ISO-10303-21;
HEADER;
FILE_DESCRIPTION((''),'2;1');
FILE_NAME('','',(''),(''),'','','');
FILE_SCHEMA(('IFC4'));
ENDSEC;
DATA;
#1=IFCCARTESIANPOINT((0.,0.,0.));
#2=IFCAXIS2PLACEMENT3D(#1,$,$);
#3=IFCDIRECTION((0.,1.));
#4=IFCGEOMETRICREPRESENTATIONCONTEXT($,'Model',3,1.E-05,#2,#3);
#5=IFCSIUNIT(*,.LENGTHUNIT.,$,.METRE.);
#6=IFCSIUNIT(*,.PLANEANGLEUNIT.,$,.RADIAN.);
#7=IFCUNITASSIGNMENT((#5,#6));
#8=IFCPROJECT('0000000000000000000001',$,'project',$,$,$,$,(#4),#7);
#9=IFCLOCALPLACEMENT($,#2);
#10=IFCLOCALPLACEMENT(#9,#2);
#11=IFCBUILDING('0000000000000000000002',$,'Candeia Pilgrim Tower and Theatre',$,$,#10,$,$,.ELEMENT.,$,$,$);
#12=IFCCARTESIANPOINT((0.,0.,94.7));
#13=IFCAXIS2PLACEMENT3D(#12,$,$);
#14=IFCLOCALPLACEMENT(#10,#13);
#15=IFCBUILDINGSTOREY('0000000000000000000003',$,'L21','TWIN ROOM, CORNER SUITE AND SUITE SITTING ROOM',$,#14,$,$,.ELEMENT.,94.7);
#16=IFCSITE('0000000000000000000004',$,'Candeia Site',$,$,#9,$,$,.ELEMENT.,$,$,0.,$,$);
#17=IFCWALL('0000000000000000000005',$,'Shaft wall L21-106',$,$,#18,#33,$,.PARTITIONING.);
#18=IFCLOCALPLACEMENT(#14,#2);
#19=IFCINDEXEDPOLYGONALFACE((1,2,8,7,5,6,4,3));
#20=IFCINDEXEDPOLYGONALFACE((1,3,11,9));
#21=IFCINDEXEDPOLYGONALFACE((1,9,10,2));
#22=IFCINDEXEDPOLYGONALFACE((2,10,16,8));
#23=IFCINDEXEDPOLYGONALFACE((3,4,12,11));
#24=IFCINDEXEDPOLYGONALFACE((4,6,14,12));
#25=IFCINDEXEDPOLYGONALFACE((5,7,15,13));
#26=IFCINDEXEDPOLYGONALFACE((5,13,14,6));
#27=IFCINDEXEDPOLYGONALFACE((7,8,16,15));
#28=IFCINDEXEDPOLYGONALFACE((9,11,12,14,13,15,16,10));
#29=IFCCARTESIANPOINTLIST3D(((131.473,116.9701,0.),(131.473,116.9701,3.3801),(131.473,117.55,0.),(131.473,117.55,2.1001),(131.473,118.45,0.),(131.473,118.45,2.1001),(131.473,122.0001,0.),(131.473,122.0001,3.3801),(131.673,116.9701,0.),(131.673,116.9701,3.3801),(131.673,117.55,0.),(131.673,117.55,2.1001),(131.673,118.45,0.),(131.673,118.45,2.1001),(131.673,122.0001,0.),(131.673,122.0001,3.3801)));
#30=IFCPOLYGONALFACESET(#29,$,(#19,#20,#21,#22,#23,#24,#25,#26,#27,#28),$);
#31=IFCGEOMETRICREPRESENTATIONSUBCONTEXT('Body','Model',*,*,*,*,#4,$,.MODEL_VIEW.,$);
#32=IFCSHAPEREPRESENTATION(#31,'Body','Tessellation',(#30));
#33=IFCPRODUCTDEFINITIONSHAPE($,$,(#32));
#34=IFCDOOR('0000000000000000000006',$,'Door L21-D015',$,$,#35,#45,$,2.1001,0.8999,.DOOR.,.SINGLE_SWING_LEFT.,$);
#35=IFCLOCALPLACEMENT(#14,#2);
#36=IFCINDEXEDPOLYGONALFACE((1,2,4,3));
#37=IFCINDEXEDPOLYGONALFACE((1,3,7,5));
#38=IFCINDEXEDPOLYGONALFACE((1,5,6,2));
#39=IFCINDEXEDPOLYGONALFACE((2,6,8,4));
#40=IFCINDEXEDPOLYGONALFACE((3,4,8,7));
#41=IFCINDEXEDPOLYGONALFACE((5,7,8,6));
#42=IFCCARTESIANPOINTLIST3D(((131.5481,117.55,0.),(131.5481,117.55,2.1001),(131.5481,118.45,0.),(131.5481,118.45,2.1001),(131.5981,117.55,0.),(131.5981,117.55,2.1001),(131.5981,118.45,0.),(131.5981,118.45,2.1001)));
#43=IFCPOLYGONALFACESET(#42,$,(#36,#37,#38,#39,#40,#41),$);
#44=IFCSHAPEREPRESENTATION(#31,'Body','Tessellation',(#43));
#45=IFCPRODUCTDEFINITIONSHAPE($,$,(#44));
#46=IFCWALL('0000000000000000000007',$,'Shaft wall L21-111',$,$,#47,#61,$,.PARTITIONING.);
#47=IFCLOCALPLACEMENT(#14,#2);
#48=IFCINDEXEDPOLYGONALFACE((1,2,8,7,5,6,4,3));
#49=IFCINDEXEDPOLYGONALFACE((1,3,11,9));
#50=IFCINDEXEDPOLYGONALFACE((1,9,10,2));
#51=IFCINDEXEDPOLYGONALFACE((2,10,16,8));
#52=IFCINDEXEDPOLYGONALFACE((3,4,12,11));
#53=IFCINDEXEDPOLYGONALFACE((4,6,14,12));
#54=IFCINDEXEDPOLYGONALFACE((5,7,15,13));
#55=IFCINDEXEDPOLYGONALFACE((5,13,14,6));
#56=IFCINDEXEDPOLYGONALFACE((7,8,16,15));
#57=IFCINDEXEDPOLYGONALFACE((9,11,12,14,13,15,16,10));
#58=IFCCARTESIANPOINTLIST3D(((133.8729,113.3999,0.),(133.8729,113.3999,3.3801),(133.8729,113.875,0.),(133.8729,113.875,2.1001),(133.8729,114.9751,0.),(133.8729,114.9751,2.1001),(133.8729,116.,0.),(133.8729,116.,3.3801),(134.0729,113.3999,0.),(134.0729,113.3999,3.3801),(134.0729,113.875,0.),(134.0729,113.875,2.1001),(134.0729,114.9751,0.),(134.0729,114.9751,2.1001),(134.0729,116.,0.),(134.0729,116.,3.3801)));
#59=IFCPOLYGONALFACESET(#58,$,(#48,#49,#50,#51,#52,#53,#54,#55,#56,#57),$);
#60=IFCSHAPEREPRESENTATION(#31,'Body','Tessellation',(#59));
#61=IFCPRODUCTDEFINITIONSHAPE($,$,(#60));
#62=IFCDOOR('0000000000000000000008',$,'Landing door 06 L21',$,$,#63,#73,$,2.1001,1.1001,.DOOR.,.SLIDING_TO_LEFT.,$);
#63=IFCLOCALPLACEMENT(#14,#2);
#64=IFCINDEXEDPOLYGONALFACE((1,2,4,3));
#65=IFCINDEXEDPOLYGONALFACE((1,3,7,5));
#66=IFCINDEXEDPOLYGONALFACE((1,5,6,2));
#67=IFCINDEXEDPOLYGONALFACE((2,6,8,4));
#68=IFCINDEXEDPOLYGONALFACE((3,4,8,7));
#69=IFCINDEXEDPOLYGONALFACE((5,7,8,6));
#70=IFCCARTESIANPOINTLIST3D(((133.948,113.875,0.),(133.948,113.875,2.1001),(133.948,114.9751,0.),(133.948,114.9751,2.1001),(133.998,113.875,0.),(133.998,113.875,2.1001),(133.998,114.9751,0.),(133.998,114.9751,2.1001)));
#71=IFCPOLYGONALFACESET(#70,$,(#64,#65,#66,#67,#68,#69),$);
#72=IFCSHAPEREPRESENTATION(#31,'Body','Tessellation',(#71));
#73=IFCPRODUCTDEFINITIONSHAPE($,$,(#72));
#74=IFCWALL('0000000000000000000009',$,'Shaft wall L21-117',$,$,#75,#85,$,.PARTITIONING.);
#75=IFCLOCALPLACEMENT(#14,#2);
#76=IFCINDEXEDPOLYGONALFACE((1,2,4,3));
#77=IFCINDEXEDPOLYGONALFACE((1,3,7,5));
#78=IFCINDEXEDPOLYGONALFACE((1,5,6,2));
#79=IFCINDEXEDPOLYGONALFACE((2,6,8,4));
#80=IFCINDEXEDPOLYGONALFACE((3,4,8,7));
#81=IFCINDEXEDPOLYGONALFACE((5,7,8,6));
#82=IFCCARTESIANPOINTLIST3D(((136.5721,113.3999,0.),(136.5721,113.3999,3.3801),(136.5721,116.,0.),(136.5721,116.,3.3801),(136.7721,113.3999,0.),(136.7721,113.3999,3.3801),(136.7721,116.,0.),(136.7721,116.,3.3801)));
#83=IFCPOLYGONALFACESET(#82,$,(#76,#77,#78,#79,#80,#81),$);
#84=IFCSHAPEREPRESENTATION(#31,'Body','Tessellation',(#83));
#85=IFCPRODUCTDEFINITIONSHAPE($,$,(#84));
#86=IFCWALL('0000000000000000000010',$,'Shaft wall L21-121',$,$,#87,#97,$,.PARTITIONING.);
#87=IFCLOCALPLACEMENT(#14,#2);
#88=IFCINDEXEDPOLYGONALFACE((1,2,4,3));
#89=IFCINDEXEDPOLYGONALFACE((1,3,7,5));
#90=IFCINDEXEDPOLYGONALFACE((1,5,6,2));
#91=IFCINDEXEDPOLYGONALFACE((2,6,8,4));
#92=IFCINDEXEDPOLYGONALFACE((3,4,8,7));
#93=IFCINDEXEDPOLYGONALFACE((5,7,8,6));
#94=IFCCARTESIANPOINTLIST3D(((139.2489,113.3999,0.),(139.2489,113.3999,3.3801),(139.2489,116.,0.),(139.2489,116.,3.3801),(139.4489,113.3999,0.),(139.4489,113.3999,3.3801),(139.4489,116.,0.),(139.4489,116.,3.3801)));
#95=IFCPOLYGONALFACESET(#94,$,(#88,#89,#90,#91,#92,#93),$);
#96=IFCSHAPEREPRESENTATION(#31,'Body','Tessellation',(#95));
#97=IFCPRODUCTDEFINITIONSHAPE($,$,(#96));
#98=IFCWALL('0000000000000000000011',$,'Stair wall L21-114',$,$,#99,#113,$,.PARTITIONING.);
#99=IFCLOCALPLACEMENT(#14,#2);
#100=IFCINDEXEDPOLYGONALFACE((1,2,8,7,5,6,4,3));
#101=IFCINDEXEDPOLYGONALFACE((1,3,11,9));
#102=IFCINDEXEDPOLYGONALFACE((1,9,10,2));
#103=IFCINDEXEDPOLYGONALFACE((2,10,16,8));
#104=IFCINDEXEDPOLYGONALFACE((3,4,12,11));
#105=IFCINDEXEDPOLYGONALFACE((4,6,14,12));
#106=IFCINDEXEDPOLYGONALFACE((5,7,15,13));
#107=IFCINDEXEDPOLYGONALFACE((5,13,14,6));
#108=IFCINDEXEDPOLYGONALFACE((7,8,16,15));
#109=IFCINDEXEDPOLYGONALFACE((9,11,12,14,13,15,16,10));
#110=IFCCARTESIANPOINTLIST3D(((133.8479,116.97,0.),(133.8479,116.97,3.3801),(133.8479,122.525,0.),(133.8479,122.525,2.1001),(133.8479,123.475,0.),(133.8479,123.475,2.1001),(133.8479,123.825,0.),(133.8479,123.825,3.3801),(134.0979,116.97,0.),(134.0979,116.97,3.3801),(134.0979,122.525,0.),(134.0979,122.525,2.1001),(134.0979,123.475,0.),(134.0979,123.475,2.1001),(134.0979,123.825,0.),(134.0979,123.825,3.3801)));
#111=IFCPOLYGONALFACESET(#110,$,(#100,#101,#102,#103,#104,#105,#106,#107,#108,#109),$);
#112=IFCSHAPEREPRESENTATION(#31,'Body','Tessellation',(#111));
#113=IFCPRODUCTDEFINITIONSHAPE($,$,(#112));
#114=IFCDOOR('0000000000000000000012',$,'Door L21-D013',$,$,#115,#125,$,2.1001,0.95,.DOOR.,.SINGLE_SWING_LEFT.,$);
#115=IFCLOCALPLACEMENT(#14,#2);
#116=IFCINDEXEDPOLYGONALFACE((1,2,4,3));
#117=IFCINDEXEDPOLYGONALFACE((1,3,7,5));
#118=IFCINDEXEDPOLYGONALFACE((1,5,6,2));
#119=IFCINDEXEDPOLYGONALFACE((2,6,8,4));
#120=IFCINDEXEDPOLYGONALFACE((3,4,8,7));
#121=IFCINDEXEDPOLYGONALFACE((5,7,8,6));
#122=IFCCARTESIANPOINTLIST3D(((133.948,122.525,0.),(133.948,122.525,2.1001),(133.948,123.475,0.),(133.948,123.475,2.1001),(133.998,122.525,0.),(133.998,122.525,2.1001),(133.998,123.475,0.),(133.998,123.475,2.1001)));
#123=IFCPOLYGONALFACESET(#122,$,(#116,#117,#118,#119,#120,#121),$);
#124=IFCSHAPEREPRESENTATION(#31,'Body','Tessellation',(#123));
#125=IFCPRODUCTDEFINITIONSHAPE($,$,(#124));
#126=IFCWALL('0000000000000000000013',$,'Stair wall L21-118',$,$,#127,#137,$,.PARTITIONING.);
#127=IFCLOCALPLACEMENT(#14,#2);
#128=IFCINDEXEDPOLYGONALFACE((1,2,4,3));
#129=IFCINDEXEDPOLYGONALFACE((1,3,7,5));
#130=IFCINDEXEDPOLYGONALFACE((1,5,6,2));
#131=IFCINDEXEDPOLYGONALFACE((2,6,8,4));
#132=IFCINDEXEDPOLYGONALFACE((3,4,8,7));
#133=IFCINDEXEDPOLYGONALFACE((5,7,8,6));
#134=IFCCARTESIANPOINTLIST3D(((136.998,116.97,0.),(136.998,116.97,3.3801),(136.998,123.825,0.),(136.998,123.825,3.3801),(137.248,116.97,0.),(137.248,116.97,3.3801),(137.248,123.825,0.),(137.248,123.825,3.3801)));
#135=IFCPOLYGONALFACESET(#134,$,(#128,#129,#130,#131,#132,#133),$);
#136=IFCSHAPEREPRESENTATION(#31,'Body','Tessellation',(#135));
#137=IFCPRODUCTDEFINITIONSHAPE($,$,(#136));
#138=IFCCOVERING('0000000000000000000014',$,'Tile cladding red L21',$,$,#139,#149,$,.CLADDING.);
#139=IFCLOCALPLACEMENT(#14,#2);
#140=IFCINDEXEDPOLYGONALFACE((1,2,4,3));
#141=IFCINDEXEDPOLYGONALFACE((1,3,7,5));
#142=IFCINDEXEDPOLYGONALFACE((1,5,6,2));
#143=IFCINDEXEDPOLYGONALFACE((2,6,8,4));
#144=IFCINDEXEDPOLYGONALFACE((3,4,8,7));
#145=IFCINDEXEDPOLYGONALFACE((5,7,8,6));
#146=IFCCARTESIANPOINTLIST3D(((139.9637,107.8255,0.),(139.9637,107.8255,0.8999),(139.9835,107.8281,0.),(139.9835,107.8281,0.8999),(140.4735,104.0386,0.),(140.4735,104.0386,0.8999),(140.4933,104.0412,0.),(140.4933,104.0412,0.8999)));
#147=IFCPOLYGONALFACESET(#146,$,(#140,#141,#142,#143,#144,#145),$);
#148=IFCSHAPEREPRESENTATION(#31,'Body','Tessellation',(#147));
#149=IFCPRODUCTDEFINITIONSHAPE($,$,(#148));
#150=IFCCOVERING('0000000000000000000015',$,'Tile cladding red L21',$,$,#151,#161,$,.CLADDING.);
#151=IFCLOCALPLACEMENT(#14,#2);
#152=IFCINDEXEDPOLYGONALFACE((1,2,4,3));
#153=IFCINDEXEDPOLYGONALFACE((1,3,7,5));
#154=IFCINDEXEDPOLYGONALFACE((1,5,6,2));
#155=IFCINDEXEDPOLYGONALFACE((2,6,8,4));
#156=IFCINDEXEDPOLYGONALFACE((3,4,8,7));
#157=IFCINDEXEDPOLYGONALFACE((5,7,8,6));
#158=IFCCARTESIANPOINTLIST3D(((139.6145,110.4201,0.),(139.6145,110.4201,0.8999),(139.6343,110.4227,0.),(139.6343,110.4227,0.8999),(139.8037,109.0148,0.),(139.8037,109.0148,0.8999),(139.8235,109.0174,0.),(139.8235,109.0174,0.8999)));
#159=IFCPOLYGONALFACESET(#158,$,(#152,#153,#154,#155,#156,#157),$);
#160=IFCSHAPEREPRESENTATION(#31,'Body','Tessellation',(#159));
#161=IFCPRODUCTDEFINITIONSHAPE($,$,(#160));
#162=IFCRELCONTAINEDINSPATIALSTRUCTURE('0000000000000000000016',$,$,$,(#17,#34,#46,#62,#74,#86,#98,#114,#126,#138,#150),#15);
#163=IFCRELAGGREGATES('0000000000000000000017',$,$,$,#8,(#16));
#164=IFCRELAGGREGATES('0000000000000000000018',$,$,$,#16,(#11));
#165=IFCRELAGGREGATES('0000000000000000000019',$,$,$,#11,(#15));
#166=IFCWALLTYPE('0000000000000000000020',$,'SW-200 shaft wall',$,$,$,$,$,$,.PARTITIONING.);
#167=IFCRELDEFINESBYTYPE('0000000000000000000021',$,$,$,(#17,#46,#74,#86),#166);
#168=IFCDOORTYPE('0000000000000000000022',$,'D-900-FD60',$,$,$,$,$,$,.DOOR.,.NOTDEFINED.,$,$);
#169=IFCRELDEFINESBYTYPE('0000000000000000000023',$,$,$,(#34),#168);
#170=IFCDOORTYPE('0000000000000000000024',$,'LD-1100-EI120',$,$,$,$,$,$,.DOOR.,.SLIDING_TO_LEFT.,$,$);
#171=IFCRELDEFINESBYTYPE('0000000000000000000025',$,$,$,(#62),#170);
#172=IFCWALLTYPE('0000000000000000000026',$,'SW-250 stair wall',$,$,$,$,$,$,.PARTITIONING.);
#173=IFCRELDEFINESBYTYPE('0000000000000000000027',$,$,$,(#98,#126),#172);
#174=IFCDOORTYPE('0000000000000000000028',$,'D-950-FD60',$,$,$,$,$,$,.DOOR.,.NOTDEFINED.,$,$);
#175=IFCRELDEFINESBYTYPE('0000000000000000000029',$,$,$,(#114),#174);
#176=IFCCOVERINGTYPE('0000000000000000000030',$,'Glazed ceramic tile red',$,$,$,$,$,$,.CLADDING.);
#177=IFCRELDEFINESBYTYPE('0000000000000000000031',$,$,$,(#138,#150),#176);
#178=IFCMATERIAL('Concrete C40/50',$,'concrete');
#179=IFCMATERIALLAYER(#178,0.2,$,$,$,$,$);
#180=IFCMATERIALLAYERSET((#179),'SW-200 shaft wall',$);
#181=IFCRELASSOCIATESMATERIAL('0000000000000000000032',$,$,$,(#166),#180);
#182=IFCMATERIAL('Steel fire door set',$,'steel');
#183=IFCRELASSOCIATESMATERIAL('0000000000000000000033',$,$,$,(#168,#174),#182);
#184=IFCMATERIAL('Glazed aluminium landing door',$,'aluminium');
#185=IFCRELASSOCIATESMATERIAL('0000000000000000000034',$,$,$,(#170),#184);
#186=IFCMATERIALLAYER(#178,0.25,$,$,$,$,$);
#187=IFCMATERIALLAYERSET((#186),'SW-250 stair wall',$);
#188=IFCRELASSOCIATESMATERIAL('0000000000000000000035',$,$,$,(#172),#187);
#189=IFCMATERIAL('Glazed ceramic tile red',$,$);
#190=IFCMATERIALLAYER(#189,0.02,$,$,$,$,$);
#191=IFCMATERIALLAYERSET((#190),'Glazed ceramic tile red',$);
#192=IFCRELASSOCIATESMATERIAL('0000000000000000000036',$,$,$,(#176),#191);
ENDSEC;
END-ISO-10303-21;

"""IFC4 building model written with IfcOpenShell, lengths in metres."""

from ifc_helpers import new_model, si_unit, direction, frame, frame_2d, origin, origin_2d, place, context, subcontext, project, spatial, rectangle, extrude, material, layer, layer_set, type_object, element, fill, save


model = new_model("IFC4")

# Units and contexts
model_context = context("Model", 3, precision=1e-05, world=origin(), true_north=direction((0.0, 1.0)))
body_context = subcontext(model_context, "Body", "Model", "MODEL_VIEW")
ifc_project = project(units=[si_unit("LENGTHUNIT", "METRE"), si_unit("PLANEANGLEUNIT", "RADIAN")], contexts=[model_context])

# Site, building, storey
site_placement = place(None, origin())
site = spatial("IfcSite", under=ifc_project, at=site_placement, Name="Candeia Site", CompositionType="ELEMENT", RefElevation=0.0)
building_placement = place(site_placement, origin())
building = spatial("IfcBuilding", under=site, at=building_placement, Name="Candeia Pilgrim Tower and Theatre", CompositionType="ELEMENT")
storey_placement = place(building_placement, frame((0.0, 0.0, 94.7)))
storey = spatial("IfcBuildingStorey", under=building, at=storey_placement, Name="L21", Description="TWIN ROOM, CORNER SUITE AND SUITE SITTING ROOM", CompositionType="ELEMENT", Elevation=94.7)

# Shared definitions
ifc_material_1 = material(Name="Steel fire door set", Category="steel")

# Walls, openings, doors
ifc_material_2 = material(Name="Concrete C40/50", Category="concrete")
ifc_layer_1 = layer(ifc_material_2, 0.2)
ifc_layer_set_1 = layer_set([ifc_layer_1], Name="SW-200 shaft wall")
wall_type_1 = type_object("IfcWallType", Name="SW-200 shaft wall", PredefinedType="PARTITIONING", material=ifc_layer_set_1)
door_type_1 = type_object("IfcDoorType", Name="D-900-FD60", OperationType="NOTDEFINED", PredefinedType="DOOR", material=ifc_material_1)
wall_1_placement = place(storey_placement, frame((131.573, 116.97, 0.0), z_axis=(0.0, 0.0, 1.0), x_axis=(0.0, 1.0, 0.0)))
wall_1 = element("IfcWall", 1, at=wall_1_placement, inside=storey, type_object=wall_type_1, Name="Shaft wall L21-106", PredefinedType="PARTITIONING", context=body_context, shape_type="SweptSolid", body=[
    extrude(rectangle(XDim=5.03, YDim=0.2, at=frame_2d((2.5151, 0.0))), origin(), (0.0, 0.0, 1.0), 3.3801),
])
opening_1_placement = place(wall_1_placement, frame((0.5801, 0.0, 0.0)))
opening_1 = element("IfcOpeningElement", 2, at=opening_1_placement, cuts=wall_1, PredefinedType="OPENING", context=body_context, shape_type="SweptSolid", body=[
    extrude(rectangle(XDim=0.8999, YDim=2.1001, at=frame_2d((0.45, 1.05))), frame((0.0, 0.1099, 0.0), z_axis=(0.0, -1.0, 0.0), x_axis=(1.0, 0.0, 0.0)), (0.0, 0.0, 1.0), 0.22),
])
door_1_placement = place(opening_1_placement, origin())
door_1 = element("IfcDoor", 3, at=door_1_placement, inside=storey, type_object=door_type_1, Name="Door L21-D015", OperationType="SINGLE_SWING_LEFT", OverallHeight=2.1001, OverallWidth=0.8999, PredefinedType="DOOR", context=body_context, shape_type="SweptSolid", body=[
    extrude(rectangle(XDim=0.8999, YDim=2.1001, at=frame_2d((0.45, 1.05))), frame((0.0, 0.0249, 0.0), z_axis=(0.0, -1.0, 0.0), x_axis=(1.0, 0.0, 0.0)), (0.0, 0.0, 1.0), 0.05),
])
fill(opening_1, door_1)
wall_2_placement = place(storey_placement, frame((133.9729, 113.3999, 0.0), z_axis=(0.0, 0.0, 1.0), x_axis=(0.0, 1.0, 0.0)))
wall_2 = element("IfcWall", 4, at=wall_2_placement, inside=storey, type_object=wall_type_1, Name="Shaft wall L21-111", PredefinedType="PARTITIONING", context=body_context, shape_type="SweptSolid", body=[
    extrude(rectangle(XDim=2.6001, YDim=0.2, at=frame_2d((1.3, 0.0))), origin(), (0.0, 0.0, 1.0), 3.3801),
])
opening_2_placement = place(wall_2_placement, frame((0.4751, 0.0, 0.0)))
opening_2 = element("IfcOpeningElement", 5, at=opening_2_placement, cuts=wall_2, PredefinedType="OPENING", context=body_context, shape_type="SweptSolid", body=[
    extrude(rectangle(XDim=1.1001, YDim=2.1001, at=frame_2d((0.55, 1.05))), frame((0.0, 0.1099, 0.0), z_axis=(0.0, -1.0, 0.0), x_axis=(1.0, 0.0, 0.0)), (0.0, 0.0, 1.0), 0.22),
])
ifc_material_3 = material(Name="Glazed aluminium landing door", Category="aluminium")
door_type_2 = type_object("IfcDoorType", Name="LD-1100-EI120", OperationType="SLIDING_TO_LEFT", PredefinedType="DOOR", material=ifc_material_3)
door_2_placement = place(opening_2_placement, origin())
door_2 = element("IfcDoor", 6, at=door_2_placement, inside=storey, type_object=door_type_2, Name="Landing door 06 L21", OperationType="SLIDING_TO_LEFT", OverallHeight=2.1001, OverallWidth=1.1001, PredefinedType="DOOR", context=body_context, shape_type="SweptSolid", body=[
    extrude(rectangle(XDim=1.1001, YDim=2.1001, at=frame_2d((0.55, 1.05))), frame((0.0, 0.0249, 0.0), z_axis=(0.0, -1.0, 0.0), x_axis=(1.0, 0.0, 0.0)), (0.0, 0.0, 1.0), 0.05),
])
fill(opening_2, door_2)

# Walls
for number, where, z_axis, x_axis, name in (
    (7, (136.6721, 113.3999, 0.0), (0.0, 0.0, 1.0), (0.0, 1.0, 0.0), "Shaft wall L21-117"),
    (8, (139.3489, 113.3999, 0.0), (0.0, 0.0, 1.0), (0.0, 1.0, 0.0), "Shaft wall L21-121"),
):
    element("IfcWall", number, at=place(storey_placement, frame(where, z_axis=z_axis, x_axis=x_axis)), inside=storey, type_object=wall_type_1, Name=name, PredefinedType="PARTITIONING", context=body_context, shape_type="SweptSolid", body=[
        extrude(rectangle(XDim=2.6001, YDim=0.2, at=frame_2d((1.3, 0.0))), origin(), (0.0, 0.0, 1.0), 3.3801),
    ])

# Wall, opening, door
ifc_layer_2 = layer(ifc_material_2, 0.25)
ifc_layer_set_2 = layer_set([ifc_layer_2], Name="SW-250 stair wall")
wall_type_2 = type_object("IfcWallType", Name="SW-250 stair wall", PredefinedType="PARTITIONING", material=ifc_layer_set_2)
wall_3_placement = place(storey_placement, frame((133.9729, 116.97, 0.0), z_axis=(0.0, 0.0, 1.0), x_axis=(0.0, 1.0, 0.0)))
wall_3 = element("IfcWall", 9, at=wall_3_placement, inside=storey, type_object=wall_type_2, Name="Stair wall L21-114", PredefinedType="PARTITIONING", context=body_context, shape_type="SweptSolid", body=[
    extrude(rectangle(XDim=6.855, YDim=0.25, at=frame_2d((3.4275, 0.0))), origin(), (0.0, 0.0, 1.0), 3.3801),
])
opening_3_placement = place(wall_3_placement, frame((5.5549, 0.0, 0.0)))
opening_3 = element("IfcOpeningElement", 10, at=opening_3_placement, cuts=wall_3, PredefinedType="OPENING", context=body_context, shape_type="SweptSolid", body=[
    extrude(rectangle(XDim=0.95, YDim=2.1001, at=frame_2d((0.4751, 1.05))), frame((0.0, 0.135, 0.0), z_axis=(0.0, -1.0, 0.0), x_axis=(1.0, 0.0, 0.0)), (0.0, 0.0, 1.0), 0.27),
])
door_type_3 = type_object("IfcDoorType", Name="D-950-FD60", OperationType="NOTDEFINED", PredefinedType="DOOR", material=ifc_material_1)
door_3_placement = place(opening_3_placement, origin())
door_3 = element("IfcDoor", 11, at=door_3_placement, inside=storey, type_object=door_type_3, Name="Door L21-D013", OperationType="SINGLE_SWING_LEFT", OverallHeight=2.1001, OverallWidth=0.95, PredefinedType="DOOR", context=body_context, shape_type="SweptSolid", body=[
    extrude(rectangle(XDim=0.95, YDim=2.1001, at=frame_2d((0.4751, 1.05))), frame((0.0, 0.0249, 0.0), z_axis=(0.0, -1.0, 0.0), x_axis=(1.0, 0.0, 0.0)), (0.0, 0.0, 1.0), 0.05),
])
fill(opening_3, door_3)

# Wall
wall_4_placement = place(storey_placement, frame((137.123, 116.97, 0.0), z_axis=(0.0, 0.0, 1.0), x_axis=(0.0, 1.0, 0.0)))
element("IfcWall", 12, at=wall_4_placement, inside=storey, type_object=wall_type_2, Name="Stair wall L21-118", PredefinedType="PARTITIONING", context=body_context, shape_type="SweptSolid", body=[
    extrude(rectangle(XDim=6.855, YDim=0.25, at=frame_2d((3.4275, 0.0))), origin(), (0.0, 0.0, 1.0), 3.3801),
])

# Coverings
ifc_material_4 = material(Name="Glazed ceramic tile red")
ifc_layer_3 = layer(ifc_material_4, 0.02)
ifc_layer_set_3 = layer_set([ifc_layer_3], Name="Glazed ceramic tile red")
covering_type = type_object("IfcCoveringType", Name="Glazed ceramic tile red", PredefinedType="CLADDING", material=ifc_layer_set_3)
covering_1_placement = place(storey_placement, frame((140.2285, 105.9333, 0.0), z_axis=(0.0, 0.0, 1.0), x_axis=(-0.133412, 0.991061, 0.0)))
element("IfcCovering", 13, at=covering_1_placement, inside=storey, type_object=covering_type, Name="Tile cladding red L21", PredefinedType="CLADDING", context=body_context, shape_type="SweptSolid", body=[
    extrude(rectangle(XDim=3.821, YDim=0.02, at=origin_2d()), origin(), (0.0, 0.0, 1.0), 0.8999),
])
covering_2_placement = place(storey_placement, frame((139.719, 109.7188, 0.0), z_axis=(0.0, 0.0, 1.0), x_axis=(-0.133412, 0.991061, 0.0)))
element("IfcCovering", 14, at=covering_2_placement, inside=storey, type_object=covering_type, Name="Tile cladding red L21", PredefinedType="CLADDING", context=body_context, shape_type="SweptSolid", body=[
    extrude(rectangle(XDim=1.418, YDim=0.02, at=origin_2d()), origin(), (0.0, 0.0, 1.0), 0.8999),
])

save(model, "model.ifc")
